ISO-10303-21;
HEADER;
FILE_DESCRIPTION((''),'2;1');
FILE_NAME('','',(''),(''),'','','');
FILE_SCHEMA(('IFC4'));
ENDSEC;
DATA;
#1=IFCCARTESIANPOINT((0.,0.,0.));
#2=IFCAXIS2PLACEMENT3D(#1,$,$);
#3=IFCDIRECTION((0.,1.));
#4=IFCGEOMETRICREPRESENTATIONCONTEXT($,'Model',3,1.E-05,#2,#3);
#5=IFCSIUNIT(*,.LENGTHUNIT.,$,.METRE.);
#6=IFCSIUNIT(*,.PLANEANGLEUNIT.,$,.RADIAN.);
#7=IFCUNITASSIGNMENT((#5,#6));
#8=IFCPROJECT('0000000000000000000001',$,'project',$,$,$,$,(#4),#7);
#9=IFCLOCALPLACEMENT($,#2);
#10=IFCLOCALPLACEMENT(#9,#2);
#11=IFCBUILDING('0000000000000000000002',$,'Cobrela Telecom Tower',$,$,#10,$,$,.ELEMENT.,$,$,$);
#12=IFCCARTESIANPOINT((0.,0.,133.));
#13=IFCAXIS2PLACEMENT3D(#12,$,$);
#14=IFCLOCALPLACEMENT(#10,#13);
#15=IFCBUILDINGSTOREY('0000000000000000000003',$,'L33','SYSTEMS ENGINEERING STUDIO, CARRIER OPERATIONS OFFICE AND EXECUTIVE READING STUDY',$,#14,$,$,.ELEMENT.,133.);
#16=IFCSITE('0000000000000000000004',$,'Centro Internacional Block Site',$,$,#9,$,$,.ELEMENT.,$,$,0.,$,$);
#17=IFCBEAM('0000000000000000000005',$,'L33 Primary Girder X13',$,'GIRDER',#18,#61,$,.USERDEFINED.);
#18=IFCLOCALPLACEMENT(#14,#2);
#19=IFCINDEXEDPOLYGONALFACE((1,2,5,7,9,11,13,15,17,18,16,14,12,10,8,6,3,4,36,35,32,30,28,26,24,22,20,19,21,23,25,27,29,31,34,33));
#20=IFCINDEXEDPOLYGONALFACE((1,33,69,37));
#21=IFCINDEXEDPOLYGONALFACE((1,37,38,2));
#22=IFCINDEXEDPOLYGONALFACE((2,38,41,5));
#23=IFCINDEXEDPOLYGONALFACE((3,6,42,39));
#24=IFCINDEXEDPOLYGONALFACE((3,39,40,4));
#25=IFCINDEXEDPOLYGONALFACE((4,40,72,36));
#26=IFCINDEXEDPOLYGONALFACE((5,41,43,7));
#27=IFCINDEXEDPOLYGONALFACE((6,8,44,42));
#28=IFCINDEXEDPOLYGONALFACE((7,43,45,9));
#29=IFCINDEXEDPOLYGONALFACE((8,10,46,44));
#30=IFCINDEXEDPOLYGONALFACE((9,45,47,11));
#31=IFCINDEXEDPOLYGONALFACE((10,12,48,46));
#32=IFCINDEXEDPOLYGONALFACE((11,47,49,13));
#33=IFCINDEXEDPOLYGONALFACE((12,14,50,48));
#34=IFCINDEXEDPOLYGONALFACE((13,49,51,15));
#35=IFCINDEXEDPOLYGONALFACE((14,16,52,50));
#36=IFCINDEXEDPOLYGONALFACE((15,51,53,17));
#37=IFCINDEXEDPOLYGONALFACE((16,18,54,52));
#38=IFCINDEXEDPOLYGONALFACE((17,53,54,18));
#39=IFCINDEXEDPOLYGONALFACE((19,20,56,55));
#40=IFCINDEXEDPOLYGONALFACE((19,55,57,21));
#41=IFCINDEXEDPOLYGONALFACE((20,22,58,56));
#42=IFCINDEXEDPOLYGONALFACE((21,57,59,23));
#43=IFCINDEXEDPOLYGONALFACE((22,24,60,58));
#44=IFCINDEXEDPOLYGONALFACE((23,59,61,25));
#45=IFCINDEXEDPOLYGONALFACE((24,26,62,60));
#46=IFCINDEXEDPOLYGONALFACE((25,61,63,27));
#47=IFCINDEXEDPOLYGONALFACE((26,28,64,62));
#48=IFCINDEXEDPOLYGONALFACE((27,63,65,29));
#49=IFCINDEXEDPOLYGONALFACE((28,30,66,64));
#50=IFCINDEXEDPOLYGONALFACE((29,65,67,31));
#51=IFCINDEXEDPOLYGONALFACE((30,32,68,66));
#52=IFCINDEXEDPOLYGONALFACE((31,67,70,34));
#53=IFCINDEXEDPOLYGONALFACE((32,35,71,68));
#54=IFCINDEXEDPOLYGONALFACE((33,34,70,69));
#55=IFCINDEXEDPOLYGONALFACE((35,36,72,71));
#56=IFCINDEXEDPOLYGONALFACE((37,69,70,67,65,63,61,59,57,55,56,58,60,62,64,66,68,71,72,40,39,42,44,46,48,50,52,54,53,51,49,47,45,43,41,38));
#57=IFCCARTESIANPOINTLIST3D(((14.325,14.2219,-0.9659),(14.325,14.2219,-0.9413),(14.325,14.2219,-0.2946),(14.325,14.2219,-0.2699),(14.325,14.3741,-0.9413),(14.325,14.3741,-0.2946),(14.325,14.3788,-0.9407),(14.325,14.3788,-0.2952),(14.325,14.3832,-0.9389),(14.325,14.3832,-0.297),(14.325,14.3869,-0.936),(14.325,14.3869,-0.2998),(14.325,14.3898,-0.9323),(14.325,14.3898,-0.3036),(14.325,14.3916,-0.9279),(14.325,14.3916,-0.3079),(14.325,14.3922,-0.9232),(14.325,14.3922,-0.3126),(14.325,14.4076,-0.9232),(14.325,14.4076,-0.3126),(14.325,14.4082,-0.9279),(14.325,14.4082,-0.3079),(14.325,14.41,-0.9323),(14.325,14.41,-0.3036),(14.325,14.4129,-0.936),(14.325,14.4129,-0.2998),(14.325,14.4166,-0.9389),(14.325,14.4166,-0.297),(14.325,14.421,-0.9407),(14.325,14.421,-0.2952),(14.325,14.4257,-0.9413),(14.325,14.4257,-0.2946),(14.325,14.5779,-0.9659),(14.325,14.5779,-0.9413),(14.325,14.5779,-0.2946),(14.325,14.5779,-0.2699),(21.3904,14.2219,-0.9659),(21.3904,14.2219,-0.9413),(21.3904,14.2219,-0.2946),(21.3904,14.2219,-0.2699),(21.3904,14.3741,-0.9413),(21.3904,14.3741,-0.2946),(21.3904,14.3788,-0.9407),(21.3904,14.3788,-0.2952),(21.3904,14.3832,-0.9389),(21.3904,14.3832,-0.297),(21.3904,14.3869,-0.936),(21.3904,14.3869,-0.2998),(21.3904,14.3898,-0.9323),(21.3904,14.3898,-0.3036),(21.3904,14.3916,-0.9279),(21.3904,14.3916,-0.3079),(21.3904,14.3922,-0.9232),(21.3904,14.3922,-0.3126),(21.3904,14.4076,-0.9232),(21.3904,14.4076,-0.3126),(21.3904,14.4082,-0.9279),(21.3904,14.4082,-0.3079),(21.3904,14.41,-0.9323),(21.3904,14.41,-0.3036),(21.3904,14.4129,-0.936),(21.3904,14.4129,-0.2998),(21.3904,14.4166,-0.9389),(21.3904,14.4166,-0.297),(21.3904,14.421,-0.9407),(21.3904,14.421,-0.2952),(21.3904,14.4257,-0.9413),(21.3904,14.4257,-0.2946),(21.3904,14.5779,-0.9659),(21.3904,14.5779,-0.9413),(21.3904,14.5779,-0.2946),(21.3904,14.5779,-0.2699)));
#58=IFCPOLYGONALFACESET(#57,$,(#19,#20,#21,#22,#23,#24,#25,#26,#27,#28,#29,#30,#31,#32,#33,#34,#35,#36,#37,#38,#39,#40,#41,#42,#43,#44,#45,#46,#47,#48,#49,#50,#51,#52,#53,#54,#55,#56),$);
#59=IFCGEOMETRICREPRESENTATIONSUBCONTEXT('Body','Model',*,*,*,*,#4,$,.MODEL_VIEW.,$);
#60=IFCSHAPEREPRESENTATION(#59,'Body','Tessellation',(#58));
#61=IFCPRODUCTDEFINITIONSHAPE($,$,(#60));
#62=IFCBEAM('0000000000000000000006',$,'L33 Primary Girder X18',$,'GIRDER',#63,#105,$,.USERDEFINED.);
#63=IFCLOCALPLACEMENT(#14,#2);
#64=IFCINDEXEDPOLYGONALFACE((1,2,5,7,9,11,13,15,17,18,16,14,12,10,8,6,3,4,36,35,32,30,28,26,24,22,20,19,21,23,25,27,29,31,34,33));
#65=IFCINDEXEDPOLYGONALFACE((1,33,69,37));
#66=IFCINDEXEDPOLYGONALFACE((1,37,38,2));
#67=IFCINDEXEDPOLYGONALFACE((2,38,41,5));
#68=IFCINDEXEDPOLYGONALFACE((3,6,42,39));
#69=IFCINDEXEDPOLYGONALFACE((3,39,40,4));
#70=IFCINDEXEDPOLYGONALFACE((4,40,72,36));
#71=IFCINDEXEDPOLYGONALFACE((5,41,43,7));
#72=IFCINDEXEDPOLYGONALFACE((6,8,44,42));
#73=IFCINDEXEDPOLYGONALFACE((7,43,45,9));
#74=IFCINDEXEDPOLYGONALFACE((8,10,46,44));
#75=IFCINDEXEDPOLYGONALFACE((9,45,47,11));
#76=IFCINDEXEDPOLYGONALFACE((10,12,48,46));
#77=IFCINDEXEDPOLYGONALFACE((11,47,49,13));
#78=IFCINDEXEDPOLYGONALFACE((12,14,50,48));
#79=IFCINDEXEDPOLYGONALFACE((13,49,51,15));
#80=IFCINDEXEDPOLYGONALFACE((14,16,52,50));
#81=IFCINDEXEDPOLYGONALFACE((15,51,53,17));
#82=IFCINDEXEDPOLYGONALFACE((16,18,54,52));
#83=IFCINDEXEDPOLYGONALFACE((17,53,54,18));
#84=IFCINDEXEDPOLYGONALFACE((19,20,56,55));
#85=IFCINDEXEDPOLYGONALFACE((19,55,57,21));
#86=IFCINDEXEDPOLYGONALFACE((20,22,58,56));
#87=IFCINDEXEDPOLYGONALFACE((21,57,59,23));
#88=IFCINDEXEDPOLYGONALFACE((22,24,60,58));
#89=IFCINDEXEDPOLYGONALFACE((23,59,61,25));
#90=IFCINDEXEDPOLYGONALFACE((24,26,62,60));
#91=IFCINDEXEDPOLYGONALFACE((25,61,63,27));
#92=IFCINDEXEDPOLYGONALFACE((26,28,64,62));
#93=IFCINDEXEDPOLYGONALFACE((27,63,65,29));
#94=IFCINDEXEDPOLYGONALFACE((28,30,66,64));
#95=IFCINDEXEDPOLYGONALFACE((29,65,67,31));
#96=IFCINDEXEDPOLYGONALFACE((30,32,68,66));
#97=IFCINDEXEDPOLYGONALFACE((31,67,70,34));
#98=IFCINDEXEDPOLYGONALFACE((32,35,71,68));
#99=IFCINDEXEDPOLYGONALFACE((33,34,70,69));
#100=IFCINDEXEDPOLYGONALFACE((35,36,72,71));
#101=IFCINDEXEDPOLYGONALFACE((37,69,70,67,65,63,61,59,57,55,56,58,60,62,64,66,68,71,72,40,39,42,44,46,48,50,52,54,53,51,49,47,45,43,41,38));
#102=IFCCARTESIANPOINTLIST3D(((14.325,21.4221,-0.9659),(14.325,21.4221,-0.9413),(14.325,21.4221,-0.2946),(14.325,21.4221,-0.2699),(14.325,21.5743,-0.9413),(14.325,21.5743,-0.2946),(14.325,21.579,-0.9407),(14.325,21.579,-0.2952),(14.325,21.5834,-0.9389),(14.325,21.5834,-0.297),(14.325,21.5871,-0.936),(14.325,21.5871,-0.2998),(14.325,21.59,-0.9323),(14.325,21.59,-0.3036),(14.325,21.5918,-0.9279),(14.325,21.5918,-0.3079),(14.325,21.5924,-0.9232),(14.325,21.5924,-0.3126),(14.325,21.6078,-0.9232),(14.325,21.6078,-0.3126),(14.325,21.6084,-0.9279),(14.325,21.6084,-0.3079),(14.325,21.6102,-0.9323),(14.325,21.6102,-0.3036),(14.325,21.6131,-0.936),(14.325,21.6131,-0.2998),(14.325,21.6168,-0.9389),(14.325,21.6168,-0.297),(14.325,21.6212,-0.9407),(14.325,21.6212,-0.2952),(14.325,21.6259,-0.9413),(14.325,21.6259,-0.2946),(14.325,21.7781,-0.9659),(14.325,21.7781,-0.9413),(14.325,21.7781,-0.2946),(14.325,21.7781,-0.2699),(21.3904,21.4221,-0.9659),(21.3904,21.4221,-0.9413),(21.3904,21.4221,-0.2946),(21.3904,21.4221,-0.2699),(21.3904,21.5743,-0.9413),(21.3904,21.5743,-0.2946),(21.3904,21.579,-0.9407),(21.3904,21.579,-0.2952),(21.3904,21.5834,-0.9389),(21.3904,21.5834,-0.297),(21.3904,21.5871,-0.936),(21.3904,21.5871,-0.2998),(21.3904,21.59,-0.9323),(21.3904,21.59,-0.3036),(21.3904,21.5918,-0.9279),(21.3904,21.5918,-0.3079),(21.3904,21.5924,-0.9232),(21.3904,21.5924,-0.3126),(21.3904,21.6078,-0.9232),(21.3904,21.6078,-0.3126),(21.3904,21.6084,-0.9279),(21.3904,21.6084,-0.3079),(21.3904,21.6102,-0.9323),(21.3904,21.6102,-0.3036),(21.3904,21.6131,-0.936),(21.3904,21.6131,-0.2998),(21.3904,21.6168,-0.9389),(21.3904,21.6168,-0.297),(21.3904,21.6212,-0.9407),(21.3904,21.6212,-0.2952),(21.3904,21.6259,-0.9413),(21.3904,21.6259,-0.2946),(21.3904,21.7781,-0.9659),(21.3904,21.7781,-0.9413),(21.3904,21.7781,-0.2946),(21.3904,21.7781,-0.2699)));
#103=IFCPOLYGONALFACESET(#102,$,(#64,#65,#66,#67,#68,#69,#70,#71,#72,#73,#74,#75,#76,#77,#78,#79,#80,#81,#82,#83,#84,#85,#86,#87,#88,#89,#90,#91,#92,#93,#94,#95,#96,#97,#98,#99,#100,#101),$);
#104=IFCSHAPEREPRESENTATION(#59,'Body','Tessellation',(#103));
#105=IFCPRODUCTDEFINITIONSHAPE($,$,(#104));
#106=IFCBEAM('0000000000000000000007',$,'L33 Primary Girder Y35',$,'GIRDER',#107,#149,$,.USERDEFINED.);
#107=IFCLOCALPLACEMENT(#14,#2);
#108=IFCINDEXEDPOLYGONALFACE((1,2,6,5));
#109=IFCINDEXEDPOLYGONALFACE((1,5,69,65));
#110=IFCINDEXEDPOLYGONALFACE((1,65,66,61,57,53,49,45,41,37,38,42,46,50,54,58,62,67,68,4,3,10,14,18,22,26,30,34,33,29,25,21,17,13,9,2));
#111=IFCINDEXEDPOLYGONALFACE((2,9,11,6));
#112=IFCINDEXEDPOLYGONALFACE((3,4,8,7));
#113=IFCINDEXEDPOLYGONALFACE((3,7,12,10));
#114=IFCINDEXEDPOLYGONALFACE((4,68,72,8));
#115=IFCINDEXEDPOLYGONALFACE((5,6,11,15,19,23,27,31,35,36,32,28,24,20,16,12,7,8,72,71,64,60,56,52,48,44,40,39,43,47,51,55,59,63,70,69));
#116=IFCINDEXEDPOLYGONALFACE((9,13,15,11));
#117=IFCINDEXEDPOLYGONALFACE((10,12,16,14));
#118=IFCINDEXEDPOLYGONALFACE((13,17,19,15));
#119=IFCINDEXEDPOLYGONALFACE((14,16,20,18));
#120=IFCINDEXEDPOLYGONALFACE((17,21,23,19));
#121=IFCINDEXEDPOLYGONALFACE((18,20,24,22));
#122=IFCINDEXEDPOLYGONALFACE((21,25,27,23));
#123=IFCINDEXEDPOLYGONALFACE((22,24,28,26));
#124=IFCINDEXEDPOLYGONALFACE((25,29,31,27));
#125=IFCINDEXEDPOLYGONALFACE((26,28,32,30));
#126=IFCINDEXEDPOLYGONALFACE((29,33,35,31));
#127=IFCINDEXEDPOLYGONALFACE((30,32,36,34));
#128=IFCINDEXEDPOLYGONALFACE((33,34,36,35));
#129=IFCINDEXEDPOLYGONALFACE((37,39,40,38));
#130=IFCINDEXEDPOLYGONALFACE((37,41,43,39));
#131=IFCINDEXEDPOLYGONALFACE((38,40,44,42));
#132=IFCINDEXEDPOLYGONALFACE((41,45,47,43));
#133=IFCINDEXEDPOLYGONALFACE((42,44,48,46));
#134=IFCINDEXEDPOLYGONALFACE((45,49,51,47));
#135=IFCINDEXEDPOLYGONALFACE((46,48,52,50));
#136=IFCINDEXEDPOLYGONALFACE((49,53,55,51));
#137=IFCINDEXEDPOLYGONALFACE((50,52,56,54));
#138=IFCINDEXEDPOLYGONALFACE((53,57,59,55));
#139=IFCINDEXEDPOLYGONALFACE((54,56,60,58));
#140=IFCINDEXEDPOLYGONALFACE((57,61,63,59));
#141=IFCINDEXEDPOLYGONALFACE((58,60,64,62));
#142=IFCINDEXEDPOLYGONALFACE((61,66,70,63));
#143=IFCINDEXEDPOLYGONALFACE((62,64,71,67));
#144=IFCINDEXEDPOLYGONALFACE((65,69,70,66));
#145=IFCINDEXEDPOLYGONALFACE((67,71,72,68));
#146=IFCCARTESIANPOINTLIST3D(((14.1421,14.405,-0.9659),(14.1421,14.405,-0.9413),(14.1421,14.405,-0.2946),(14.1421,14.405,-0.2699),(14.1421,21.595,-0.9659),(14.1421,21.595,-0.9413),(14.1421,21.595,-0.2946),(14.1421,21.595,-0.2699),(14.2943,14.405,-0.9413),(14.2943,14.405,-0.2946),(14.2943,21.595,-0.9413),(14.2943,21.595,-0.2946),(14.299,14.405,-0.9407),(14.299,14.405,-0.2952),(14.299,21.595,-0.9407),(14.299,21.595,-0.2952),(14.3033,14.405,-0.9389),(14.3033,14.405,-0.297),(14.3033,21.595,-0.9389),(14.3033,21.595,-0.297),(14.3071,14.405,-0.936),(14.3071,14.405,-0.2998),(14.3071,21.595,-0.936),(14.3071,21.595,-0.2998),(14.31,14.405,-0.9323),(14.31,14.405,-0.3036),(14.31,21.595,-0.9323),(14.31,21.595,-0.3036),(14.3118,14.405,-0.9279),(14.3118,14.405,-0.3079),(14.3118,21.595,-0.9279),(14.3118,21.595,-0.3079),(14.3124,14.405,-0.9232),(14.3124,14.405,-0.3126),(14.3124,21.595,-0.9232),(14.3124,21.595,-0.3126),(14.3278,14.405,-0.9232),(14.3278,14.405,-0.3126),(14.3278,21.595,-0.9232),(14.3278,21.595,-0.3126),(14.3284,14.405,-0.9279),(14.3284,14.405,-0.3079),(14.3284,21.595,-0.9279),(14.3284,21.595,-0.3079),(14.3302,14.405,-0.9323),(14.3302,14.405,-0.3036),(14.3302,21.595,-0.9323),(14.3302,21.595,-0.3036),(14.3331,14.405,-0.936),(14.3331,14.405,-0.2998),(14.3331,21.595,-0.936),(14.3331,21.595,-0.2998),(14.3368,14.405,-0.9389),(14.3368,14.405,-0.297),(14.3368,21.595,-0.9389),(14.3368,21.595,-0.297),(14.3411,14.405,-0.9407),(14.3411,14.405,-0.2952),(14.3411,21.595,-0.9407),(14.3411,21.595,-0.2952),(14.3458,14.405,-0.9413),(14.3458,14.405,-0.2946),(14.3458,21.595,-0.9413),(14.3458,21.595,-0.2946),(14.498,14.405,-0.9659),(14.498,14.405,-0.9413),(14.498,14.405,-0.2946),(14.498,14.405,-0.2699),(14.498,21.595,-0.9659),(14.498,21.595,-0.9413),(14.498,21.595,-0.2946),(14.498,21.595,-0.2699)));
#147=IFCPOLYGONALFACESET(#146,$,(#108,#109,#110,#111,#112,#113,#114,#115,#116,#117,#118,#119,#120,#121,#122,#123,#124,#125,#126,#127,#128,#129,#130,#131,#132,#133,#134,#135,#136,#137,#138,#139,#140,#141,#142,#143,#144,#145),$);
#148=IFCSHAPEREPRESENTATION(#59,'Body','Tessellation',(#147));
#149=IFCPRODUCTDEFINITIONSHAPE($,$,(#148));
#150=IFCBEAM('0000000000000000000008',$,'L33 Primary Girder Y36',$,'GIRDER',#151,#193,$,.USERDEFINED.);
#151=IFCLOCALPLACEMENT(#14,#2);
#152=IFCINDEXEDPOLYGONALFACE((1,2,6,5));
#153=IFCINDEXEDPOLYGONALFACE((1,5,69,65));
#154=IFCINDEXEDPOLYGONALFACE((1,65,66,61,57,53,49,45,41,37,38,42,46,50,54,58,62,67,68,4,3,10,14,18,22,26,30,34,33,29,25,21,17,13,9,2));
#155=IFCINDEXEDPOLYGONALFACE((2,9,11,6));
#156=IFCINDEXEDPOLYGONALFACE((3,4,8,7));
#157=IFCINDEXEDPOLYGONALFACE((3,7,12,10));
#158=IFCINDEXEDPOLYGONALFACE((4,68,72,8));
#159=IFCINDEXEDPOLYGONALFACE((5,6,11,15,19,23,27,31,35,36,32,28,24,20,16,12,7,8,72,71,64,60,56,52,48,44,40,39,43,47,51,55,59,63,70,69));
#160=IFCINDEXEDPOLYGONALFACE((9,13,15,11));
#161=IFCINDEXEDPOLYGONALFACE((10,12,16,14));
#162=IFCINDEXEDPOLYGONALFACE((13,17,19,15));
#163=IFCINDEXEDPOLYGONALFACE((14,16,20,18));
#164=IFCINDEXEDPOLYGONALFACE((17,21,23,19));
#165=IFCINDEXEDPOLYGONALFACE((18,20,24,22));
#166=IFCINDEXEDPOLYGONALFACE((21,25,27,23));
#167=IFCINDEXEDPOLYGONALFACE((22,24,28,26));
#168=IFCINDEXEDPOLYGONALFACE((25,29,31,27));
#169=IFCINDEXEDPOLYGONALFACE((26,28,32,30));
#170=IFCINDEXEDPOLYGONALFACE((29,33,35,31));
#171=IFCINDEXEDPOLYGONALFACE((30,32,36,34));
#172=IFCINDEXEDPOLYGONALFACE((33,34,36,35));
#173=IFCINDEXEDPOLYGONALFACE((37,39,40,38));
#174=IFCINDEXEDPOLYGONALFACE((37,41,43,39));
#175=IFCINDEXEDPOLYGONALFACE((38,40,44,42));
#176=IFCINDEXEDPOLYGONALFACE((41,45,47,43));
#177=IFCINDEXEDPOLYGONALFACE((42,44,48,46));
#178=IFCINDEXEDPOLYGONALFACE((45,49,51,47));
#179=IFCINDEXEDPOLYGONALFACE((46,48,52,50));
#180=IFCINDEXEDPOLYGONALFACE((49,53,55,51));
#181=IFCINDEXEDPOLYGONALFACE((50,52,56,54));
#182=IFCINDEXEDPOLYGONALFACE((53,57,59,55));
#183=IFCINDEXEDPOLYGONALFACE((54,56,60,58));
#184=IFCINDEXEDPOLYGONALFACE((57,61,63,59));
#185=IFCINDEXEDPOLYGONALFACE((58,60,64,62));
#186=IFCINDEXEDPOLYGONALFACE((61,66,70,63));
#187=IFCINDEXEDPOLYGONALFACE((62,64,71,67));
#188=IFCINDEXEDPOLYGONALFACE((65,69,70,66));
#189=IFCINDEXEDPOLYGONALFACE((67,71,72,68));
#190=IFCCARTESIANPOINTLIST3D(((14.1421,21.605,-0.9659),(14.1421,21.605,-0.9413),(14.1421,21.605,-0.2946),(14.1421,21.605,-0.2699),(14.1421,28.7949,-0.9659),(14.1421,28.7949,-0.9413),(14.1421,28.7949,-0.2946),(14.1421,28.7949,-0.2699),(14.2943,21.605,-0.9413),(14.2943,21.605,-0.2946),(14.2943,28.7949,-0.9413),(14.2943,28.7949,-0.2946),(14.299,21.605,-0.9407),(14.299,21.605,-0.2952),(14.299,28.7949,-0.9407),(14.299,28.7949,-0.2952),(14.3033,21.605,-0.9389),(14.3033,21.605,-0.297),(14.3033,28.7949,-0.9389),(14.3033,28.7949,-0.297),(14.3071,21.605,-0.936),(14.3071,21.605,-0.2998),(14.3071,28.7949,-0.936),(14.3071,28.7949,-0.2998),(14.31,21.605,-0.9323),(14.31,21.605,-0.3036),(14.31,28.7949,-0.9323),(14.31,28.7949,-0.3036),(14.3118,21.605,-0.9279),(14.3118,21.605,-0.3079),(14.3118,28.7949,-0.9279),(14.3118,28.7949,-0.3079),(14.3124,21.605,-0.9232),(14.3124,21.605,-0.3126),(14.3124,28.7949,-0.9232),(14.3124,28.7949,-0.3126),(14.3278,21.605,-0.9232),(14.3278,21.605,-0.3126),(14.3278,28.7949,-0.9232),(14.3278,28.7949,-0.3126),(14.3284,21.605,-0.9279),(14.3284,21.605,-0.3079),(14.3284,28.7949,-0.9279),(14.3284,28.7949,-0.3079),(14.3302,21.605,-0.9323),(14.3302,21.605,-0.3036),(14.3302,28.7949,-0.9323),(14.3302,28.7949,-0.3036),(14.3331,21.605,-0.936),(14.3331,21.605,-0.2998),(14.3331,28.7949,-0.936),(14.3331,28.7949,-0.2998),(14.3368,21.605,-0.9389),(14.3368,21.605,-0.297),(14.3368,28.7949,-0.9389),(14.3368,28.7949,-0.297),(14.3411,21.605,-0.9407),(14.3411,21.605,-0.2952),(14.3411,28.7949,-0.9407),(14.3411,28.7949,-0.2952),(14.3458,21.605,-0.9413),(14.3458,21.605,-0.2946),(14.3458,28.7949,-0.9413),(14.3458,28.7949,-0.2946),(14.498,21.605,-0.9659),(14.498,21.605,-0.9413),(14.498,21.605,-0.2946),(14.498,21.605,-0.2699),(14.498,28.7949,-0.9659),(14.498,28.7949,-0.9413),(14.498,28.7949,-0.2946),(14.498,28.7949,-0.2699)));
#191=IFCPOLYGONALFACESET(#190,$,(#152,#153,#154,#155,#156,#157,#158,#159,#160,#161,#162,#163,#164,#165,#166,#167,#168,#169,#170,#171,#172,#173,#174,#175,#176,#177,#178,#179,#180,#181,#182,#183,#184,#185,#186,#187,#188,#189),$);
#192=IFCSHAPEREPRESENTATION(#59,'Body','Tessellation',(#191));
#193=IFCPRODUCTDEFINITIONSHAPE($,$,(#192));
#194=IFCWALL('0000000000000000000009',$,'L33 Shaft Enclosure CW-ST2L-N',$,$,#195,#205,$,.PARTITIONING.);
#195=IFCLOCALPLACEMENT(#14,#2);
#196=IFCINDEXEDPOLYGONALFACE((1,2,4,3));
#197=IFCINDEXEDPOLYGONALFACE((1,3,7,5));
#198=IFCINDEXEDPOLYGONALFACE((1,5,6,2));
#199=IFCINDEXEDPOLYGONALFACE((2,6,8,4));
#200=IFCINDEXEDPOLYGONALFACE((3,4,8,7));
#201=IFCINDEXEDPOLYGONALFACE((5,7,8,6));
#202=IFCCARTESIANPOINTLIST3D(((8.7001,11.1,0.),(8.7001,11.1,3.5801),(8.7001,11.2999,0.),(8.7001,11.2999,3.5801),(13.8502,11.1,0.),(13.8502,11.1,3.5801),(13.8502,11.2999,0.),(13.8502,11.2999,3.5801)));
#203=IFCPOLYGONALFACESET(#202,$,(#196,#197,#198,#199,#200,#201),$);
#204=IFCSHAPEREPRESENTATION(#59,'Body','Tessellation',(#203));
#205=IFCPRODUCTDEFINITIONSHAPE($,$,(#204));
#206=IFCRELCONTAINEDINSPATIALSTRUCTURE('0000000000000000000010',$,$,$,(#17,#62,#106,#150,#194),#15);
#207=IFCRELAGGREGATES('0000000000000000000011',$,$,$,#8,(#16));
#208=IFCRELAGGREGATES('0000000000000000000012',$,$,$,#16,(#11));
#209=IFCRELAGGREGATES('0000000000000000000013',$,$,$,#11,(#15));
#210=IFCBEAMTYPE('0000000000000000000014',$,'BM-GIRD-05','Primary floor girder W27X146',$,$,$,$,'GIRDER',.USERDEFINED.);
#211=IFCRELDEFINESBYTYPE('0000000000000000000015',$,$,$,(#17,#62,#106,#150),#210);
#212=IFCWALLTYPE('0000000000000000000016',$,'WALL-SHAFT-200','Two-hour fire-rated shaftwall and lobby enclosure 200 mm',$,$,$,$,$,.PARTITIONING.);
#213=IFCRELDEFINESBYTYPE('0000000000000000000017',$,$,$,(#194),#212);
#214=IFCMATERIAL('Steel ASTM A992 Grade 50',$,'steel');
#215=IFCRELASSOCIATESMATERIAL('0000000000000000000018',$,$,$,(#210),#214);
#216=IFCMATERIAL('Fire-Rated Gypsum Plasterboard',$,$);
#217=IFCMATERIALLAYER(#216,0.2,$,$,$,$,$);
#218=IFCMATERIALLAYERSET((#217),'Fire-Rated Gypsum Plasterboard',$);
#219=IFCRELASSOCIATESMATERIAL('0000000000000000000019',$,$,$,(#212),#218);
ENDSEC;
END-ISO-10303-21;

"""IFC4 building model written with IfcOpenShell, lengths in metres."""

from ifc_helpers import new_model, si_unit, direction, frame, frame_2d, origin, origin_2d, place, context, subcontext, project, spatial, rectangle, i_section, extrude, material, layer, layer_set, material_profile, profile_set, type_object, element, save


model = new_model("IFC4")

# Units and contexts
model_context = context("Model", 3, precision=1e-05, world=origin(), true_north=direction((0.0, 1.0)))
body_context = subcontext(model_context, "Body", "Model", "MODEL_VIEW")
ifc_project = project(units=[si_unit("LENGTHUNIT", "METRE"), si_unit("PLANEANGLEUNIT", "RADIAN")], contexts=[model_context])

# Site, building, storey
site_placement = place(None, origin())
site = spatial("IfcSite", under=ifc_project, at=site_placement, Name="Centro Internacional Block Site", CompositionType="ELEMENT", RefElevation=0.0)
building_placement = place(site_placement, origin())
building = spatial("IfcBuilding", under=site, at=building_placement, Name="Cobrela Telecom Tower", CompositionType="ELEMENT")
storey_placement = place(building_placement, frame((0.0, 0.0, 133.0)))
storey = spatial("IfcBuildingStorey", under=building, at=storey_placement, Name="L33", Description="SYSTEMS ENGINEERING STUDIO, CARRIER OPERATIONS OFFICE AND EXECUTIVE READING STUDY", CompositionType="ELEMENT", Elevation=133.0)

# Beams
ifc_material_1 = material(Name="Steel ASTM A992 Grade 50", Category="steel")
ifc_material_profile = material_profile(ifc_material_1, i_section(OverallWidth=0.356, OverallDepth=0.696, WebThickness=0.0154, FlangeThickness=0.0247, FilletRadius=0.0181, at=origin_2d()), Name="W27X146")
ifc_profile_set = profile_set([ifc_material_profile], Name="Steel ASTM A992 Grade 50")
beam_type = type_object("IfcBeamType", Name="BM-GIRD-05", Description="Primary floor girder W27X146", ElementType="GIRDER", PredefinedType="USERDEFINED", material=ifc_profile_set)
for number, where, z_axis, x_axis, name in (
    (1, (14.325, 14.3999, -0.6179), (1.0, 0.0, 0.0), (0.0, 1.0, 0.0), "L33 Primary Girder X13"),
    (2, (14.325, 21.6001, -0.6179), (1.0, 0.0, 0.0), (0.0, 1.0, 0.0), "L33 Primary Girder X18"),
):
    element("IfcBeam", number, at=place(storey_placement, frame(where, z_axis=z_axis, x_axis=x_axis)), inside=storey, type_object=beam_type, Name=name, ObjectType="GIRDER", PredefinedType="USERDEFINED", context=body_context, shape_type="SweptSolid", body=[
        extrude(i_section(OverallWidth=0.356, OverallDepth=0.696, WebThickness=0.0154, FlangeThickness=0.0247, FilletRadius=0.0181, at=origin_2d()), origin(), (0.0, 0.0, 1.0), 7.0654),
    ])
for number, where, z_axis, x_axis, name in (
    (3, (14.3201, 14.405, -0.6179), (0.0, 1.0, 0.0), (-1.0, 0.0, 0.0), "L33 Primary Girder Y35"),
    (4, (14.3201, 21.605, -0.6179), (0.0, 1.0, 0.0), (-1.0, 0.0, 0.0), "L33 Primary Girder Y36"),
):
    element("IfcBeam", number, at=place(storey_placement, frame(where, z_axis=z_axis, x_axis=x_axis)), inside=storey, type_object=beam_type, Name=name, ObjectType="GIRDER", PredefinedType="USERDEFINED", context=body_context, shape_type="SweptSolid", body=[
        extrude(i_section(OverallWidth=0.356, OverallDepth=0.696, WebThickness=0.0154, FlangeThickness=0.0247, FilletRadius=0.0181, at=origin_2d()), origin(), (0.0, 0.0, 1.0), 7.1899),
    ])

# Wall
ifc_material_2 = material(Name="Fire-Rated Gypsum Plasterboard")
ifc_layer = layer(ifc_material_2, 0.2)
ifc_layer_set = layer_set([ifc_layer], Name="Fire-Rated Gypsum Plasterboard")
wall_type = type_object("IfcWallType", Name="WALL-SHAFT-200", Description="Two-hour fire-rated shaftwall and lobby enclosure 200 mm", PredefinedType="PARTITIONING", material=ifc_layer_set)
wall_1_placement = place(storey_placement, frame((8.7, 11.2, 0.0), z_axis=(0.0, 0.0, 1.0), x_axis=(1.0, 0.0, 0.0)))
element("IfcWall", 5, at=wall_1_placement, inside=storey, type_object=wall_type, Name="L33 Shaft Enclosure CW-ST2L-N", PredefinedType="PARTITIONING", context=body_context, shape_type="SweptSolid", body=[
    extrude(rectangle(XDim=5.1501, YDim=0.2, at=frame_2d((2.5752, 0.0))), origin(), (0.0, 0.0, 1.0), 3.5801),
])

save(model, "model.ifc")
